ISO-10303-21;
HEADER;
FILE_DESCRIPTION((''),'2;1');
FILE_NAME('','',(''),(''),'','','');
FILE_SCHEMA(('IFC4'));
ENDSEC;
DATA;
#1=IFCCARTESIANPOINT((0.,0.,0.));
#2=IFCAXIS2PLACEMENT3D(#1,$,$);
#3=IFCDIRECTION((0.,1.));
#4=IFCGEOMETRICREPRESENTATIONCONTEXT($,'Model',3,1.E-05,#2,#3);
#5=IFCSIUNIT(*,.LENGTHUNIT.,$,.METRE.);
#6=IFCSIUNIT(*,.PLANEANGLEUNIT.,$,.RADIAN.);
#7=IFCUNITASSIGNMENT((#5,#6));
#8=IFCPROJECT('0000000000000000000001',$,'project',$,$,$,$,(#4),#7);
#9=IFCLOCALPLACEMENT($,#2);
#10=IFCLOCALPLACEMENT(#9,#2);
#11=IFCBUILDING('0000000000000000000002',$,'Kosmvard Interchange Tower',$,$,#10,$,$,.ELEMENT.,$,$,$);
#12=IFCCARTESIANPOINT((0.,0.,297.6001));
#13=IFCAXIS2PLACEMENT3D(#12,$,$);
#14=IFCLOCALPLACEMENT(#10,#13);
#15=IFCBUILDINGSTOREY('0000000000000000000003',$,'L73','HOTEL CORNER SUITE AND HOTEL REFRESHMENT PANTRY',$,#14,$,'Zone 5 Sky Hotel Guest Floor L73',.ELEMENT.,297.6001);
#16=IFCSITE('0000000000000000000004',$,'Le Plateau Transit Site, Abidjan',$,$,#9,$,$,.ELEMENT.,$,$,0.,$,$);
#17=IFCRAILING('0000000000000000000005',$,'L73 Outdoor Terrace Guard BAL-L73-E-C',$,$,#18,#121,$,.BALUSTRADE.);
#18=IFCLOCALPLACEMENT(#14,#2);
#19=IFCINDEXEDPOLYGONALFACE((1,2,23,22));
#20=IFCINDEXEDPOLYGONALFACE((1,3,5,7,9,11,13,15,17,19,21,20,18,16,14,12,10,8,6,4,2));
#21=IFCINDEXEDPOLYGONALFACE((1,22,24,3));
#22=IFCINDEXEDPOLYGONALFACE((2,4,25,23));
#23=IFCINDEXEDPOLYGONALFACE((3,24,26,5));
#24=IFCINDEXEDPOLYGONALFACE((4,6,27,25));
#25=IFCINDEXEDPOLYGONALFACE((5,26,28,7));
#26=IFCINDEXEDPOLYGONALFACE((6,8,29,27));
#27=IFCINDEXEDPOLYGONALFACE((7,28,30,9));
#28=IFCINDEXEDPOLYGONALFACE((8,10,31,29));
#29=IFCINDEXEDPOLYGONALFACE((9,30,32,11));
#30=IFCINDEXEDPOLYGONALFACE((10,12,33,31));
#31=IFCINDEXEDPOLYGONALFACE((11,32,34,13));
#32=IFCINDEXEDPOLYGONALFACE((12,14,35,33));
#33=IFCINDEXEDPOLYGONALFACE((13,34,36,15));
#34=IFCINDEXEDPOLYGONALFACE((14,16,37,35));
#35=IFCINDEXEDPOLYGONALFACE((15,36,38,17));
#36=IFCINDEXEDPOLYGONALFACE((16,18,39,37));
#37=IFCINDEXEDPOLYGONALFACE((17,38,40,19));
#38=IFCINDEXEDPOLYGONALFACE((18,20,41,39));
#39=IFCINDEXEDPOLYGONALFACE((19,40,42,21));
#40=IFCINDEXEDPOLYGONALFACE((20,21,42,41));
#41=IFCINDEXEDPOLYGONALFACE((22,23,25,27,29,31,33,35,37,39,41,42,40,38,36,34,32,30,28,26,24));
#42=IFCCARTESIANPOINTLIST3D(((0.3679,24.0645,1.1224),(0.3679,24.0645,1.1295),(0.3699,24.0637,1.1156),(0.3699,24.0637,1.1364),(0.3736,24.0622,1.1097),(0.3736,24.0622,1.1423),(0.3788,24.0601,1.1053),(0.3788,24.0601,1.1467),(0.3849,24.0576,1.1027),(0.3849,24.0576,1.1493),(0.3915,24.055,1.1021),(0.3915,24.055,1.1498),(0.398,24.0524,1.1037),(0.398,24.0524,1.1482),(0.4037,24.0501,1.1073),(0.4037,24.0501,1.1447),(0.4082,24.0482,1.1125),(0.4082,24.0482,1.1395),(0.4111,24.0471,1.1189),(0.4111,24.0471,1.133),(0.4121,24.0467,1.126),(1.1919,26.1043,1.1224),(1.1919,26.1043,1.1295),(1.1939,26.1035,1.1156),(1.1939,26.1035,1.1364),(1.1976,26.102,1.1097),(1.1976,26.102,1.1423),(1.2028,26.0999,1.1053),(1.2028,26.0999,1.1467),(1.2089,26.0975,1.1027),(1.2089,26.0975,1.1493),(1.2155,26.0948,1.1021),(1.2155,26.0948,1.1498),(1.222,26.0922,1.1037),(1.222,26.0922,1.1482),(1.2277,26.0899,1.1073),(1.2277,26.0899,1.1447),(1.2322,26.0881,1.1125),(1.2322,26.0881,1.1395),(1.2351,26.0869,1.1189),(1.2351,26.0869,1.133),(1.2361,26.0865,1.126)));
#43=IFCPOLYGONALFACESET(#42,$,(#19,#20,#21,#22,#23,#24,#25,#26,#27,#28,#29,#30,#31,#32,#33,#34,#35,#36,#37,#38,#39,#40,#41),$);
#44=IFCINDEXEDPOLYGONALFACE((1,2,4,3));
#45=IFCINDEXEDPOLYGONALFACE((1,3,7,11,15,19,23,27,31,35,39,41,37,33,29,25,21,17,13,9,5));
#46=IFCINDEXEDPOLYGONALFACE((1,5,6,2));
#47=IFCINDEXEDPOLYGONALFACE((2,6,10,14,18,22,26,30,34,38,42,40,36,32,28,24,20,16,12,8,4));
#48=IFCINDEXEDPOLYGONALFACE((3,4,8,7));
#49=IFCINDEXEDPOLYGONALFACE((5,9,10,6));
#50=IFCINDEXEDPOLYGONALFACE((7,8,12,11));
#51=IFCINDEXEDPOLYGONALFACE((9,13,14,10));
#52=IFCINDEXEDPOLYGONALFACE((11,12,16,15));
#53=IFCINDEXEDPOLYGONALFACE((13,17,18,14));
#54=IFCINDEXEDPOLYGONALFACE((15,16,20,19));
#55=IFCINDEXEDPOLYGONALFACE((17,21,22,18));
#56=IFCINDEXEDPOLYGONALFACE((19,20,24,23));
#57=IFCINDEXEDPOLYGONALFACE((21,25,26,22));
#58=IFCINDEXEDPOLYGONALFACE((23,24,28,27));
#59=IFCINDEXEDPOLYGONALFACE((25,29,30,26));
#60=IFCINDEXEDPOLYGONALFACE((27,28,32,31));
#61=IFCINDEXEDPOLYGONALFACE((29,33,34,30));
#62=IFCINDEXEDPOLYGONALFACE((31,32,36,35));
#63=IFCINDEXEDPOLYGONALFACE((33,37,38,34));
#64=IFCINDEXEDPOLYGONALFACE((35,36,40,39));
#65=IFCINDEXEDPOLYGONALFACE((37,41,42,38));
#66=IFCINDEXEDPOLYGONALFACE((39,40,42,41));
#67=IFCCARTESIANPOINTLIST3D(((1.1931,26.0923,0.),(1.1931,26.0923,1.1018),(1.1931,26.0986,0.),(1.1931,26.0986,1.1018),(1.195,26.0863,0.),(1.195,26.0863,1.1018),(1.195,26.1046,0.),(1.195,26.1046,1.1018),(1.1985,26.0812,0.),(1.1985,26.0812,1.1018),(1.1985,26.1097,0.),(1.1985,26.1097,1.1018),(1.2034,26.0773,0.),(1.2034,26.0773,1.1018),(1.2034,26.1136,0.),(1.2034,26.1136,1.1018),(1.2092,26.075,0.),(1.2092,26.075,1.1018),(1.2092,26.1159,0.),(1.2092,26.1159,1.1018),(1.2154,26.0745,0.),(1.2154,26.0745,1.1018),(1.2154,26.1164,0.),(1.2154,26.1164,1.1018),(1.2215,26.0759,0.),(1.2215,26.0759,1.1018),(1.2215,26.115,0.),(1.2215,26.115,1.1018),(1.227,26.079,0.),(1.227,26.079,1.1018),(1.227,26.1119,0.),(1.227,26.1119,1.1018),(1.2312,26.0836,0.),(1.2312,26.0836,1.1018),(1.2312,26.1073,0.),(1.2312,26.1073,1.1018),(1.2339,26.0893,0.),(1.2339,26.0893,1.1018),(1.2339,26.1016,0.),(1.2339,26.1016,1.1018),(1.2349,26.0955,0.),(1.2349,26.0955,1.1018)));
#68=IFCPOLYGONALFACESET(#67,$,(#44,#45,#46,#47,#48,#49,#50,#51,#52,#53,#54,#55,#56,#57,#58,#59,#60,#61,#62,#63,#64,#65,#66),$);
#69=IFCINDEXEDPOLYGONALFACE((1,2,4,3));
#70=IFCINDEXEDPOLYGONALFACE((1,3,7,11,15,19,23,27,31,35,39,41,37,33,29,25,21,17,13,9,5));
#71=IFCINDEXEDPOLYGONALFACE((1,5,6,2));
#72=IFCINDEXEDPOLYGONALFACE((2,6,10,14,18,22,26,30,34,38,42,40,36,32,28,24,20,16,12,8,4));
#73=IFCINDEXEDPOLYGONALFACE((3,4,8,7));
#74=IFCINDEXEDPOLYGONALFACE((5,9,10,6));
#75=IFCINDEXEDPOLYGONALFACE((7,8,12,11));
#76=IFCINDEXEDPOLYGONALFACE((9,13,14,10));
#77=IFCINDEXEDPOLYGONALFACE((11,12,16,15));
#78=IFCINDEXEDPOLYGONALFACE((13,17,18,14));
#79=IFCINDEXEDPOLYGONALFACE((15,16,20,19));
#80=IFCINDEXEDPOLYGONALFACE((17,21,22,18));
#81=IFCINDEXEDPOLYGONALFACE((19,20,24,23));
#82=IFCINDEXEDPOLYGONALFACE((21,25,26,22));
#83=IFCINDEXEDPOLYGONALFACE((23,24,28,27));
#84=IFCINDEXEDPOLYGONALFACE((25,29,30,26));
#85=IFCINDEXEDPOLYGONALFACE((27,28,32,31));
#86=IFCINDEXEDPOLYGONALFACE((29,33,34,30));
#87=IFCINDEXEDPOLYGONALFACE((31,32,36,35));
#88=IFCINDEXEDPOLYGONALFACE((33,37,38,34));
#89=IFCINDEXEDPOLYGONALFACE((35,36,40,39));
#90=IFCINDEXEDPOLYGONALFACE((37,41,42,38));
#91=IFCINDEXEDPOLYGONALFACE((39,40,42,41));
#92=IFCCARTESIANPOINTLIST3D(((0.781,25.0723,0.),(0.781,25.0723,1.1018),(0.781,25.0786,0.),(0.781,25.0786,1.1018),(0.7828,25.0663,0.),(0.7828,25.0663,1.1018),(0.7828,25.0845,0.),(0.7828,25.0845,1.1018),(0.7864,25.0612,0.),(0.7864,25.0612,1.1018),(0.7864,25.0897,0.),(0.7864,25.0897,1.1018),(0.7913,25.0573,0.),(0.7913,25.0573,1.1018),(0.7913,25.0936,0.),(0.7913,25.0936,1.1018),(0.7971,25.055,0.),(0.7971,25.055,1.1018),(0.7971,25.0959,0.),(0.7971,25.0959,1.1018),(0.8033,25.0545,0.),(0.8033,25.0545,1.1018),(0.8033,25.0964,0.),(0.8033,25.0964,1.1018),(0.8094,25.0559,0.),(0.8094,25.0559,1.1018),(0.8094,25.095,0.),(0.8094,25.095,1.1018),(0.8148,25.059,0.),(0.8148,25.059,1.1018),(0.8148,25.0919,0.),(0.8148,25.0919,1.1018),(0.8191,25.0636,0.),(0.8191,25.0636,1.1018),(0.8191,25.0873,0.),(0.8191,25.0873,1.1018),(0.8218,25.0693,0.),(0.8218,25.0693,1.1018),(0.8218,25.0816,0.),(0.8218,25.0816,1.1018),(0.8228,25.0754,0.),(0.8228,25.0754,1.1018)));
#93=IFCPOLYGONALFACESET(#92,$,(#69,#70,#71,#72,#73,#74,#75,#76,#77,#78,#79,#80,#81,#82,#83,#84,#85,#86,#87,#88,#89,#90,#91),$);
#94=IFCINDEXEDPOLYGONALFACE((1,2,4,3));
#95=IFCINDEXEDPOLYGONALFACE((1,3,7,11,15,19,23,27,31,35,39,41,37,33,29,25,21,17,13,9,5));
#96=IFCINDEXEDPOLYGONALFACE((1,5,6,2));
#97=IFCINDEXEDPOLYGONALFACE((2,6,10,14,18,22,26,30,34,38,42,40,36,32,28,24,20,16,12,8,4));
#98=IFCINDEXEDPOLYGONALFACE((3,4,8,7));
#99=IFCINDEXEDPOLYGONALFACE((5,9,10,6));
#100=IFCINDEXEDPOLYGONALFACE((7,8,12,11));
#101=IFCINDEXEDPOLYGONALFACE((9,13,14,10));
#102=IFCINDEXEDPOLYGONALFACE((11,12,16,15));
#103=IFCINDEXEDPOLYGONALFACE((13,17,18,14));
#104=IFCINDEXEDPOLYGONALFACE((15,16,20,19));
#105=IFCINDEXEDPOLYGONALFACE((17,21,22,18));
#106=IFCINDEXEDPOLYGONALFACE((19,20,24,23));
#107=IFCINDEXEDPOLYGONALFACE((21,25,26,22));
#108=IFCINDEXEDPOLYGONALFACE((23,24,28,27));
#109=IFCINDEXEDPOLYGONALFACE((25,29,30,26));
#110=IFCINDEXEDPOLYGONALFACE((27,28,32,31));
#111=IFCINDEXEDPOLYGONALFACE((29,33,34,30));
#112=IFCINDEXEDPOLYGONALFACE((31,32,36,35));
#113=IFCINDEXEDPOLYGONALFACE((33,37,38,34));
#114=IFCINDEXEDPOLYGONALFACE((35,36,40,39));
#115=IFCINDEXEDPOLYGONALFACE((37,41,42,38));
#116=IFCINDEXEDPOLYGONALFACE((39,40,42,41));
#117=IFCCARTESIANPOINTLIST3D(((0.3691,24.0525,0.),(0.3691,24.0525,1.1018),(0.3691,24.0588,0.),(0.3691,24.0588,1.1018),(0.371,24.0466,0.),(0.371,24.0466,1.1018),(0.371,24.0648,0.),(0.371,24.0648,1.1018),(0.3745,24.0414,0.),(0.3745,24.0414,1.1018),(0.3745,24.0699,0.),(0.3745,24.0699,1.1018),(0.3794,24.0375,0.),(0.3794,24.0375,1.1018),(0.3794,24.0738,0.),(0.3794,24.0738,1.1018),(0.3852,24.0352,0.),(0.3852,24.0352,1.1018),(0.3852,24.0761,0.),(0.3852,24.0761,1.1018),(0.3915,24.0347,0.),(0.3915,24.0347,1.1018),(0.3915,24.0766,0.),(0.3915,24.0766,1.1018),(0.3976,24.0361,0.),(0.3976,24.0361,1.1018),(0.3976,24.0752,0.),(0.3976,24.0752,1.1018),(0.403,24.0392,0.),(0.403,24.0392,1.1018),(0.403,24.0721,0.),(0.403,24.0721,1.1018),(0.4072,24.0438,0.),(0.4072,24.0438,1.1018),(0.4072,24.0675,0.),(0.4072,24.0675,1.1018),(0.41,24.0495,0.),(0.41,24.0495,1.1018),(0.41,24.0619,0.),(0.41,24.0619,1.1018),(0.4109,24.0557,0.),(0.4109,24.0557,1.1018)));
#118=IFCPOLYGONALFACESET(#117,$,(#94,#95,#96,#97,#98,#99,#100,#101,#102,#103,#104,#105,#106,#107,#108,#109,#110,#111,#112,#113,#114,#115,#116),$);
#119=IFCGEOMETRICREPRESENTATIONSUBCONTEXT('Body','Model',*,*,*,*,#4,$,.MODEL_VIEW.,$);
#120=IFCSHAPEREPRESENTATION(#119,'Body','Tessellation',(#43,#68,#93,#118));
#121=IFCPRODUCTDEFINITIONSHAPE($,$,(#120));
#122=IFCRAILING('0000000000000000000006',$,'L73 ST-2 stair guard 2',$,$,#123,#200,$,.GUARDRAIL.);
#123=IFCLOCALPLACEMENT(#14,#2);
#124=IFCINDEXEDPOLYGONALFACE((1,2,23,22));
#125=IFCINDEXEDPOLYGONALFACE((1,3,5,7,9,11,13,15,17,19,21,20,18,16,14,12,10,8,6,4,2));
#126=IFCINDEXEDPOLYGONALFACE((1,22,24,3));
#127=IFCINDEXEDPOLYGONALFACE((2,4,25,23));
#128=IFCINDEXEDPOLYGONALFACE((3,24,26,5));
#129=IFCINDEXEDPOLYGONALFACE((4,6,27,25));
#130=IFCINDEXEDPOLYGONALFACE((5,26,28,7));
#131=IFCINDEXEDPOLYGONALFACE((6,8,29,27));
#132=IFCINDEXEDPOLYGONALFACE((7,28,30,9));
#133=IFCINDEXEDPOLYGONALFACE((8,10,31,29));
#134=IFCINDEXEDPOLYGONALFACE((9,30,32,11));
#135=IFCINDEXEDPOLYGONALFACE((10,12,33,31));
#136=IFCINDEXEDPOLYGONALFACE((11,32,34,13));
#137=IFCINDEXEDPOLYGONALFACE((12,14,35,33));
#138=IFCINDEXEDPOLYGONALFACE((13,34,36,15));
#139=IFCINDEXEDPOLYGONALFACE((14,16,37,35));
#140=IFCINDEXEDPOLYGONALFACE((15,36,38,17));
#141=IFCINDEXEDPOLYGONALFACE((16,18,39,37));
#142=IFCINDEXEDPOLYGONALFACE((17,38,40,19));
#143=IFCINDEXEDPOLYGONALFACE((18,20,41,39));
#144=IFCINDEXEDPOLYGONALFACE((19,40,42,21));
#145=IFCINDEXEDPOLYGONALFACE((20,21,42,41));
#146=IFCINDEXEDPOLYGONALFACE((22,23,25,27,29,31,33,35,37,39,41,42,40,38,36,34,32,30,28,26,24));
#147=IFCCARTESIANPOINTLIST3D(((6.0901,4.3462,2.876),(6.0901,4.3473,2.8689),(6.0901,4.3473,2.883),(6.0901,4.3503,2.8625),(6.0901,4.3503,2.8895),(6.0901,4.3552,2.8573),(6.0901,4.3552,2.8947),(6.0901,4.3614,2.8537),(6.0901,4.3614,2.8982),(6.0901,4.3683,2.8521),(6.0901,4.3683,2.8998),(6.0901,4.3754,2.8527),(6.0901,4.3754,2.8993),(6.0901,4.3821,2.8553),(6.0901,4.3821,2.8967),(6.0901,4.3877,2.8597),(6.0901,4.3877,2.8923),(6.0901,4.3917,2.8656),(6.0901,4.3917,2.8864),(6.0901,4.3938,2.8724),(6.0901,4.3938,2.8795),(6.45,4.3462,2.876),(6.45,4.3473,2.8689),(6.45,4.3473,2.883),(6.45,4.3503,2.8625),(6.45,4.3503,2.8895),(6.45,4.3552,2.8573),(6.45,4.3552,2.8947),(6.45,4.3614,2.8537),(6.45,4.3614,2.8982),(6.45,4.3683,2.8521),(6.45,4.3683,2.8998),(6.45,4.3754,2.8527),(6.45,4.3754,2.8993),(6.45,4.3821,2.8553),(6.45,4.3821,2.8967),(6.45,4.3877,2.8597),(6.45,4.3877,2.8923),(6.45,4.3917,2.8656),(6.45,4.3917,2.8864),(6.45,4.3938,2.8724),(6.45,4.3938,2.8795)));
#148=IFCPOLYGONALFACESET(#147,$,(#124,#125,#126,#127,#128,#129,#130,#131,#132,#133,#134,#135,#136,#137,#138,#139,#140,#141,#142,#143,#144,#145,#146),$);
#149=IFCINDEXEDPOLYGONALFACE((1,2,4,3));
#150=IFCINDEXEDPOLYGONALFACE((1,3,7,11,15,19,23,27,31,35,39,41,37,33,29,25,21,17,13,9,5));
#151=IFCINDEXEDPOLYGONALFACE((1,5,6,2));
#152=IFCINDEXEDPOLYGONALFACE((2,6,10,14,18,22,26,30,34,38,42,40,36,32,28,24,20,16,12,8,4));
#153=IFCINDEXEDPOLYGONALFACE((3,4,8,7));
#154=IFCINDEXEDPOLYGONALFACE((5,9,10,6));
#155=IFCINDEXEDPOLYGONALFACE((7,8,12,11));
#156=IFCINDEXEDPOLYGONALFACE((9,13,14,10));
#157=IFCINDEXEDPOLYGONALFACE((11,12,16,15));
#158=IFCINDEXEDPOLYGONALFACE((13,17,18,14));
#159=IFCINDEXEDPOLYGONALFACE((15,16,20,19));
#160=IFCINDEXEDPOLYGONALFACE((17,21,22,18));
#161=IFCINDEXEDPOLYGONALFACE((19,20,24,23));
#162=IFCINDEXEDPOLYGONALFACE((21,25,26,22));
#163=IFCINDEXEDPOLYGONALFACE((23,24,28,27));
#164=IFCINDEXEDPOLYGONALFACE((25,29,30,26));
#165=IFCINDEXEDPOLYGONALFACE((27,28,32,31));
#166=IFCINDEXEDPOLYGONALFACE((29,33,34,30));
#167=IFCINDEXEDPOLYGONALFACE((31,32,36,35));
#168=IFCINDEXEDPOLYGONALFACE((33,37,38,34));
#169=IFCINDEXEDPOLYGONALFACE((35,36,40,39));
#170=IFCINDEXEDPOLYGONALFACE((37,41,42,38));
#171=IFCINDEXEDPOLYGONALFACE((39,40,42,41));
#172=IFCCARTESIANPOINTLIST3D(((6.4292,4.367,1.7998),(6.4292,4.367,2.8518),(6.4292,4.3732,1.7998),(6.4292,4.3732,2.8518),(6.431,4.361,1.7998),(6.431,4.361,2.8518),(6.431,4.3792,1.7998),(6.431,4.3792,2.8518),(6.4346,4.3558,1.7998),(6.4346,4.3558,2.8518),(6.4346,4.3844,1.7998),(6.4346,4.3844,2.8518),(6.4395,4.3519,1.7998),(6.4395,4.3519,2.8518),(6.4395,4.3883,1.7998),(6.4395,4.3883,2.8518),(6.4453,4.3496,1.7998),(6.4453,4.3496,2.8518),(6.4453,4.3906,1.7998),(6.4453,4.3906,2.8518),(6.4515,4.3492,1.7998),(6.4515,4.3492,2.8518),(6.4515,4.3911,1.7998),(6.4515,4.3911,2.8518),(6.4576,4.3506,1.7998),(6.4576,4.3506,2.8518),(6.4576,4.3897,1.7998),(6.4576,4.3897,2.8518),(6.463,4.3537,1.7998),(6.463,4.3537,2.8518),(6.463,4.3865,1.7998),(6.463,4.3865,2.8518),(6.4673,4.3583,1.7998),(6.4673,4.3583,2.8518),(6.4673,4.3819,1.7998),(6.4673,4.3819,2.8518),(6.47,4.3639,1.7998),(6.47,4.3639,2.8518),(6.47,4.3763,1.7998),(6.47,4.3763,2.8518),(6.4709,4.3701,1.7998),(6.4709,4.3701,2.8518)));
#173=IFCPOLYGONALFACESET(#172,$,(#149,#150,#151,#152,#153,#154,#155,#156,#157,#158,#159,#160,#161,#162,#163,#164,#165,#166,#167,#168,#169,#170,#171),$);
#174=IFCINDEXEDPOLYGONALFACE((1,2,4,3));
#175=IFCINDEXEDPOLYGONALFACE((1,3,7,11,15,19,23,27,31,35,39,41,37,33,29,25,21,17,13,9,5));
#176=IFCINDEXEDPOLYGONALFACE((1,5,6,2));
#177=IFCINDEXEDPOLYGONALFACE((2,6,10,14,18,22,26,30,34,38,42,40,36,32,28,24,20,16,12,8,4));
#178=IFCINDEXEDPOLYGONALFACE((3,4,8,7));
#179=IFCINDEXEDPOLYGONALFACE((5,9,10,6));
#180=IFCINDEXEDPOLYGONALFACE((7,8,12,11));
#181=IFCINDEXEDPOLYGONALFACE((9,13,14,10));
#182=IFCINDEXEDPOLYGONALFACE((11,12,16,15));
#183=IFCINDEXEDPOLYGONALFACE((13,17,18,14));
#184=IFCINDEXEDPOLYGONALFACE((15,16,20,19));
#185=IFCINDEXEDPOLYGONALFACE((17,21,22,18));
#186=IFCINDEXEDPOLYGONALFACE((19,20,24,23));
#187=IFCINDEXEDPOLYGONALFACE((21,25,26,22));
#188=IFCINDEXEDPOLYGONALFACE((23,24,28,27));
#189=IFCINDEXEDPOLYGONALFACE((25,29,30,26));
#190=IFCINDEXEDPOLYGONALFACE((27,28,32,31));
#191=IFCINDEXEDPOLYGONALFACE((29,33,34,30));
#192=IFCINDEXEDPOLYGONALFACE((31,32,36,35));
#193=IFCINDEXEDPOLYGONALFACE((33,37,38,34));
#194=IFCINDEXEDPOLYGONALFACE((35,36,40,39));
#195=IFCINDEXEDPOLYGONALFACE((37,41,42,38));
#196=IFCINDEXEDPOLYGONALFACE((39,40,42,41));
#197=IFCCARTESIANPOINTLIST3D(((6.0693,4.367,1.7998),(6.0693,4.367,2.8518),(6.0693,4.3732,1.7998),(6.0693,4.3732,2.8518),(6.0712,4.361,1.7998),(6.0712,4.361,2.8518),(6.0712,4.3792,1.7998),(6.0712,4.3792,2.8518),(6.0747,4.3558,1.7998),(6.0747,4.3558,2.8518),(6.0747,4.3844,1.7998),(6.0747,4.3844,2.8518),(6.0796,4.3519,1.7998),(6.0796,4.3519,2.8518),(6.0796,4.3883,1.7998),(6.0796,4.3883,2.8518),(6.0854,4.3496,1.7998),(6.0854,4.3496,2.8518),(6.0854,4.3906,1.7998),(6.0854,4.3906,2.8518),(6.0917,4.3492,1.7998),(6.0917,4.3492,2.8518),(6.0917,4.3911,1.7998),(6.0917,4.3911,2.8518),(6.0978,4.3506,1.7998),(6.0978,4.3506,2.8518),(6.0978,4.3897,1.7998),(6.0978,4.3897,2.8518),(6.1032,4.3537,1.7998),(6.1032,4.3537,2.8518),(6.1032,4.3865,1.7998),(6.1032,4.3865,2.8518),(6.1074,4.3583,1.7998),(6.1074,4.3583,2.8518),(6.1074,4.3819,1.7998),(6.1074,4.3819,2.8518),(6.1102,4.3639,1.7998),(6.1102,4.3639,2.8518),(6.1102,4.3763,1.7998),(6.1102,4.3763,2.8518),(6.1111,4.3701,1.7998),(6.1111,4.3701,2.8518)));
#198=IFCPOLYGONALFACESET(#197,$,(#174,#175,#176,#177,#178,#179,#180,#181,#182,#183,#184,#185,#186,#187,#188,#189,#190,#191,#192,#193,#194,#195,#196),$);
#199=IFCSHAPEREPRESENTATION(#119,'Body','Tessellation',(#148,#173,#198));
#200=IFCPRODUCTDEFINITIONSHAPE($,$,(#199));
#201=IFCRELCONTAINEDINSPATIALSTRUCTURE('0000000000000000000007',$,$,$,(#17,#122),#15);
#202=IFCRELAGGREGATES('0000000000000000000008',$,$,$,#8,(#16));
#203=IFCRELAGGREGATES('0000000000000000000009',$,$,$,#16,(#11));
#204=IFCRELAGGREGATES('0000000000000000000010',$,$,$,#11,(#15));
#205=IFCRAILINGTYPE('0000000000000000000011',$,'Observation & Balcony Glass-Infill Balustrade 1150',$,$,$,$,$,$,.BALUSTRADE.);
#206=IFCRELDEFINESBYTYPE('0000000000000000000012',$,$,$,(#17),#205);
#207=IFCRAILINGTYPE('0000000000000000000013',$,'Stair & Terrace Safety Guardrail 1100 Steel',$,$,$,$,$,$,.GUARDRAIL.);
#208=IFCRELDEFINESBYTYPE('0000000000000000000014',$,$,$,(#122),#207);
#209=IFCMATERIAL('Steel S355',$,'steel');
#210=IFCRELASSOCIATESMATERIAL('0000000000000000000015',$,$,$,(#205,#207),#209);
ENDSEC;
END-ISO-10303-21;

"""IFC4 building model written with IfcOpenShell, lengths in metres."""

from ifc_helpers import new_model, si_unit, direction, frame, origin, origin_2d, place, context, subcontext, project, spatial, circle, extrude, source, transform, mapped, material, type_object, element, save


model = new_model("IFC4")

# Units and contexts
model_context = context("Model", 3, precision=1e-05, world=origin(), true_north=direction((0.0, 1.0)))
body_context = subcontext(model_context, "Body", "Model", "MODEL_VIEW")
ifc_project = project(units=[si_unit("LENGTHUNIT", "METRE"), si_unit("PLANEANGLEUNIT", "RADIAN")], contexts=[model_context])

# Site, building, storey
site_placement = place(None, origin())
site = spatial("IfcSite", under=ifc_project, at=site_placement, Name="Le Plateau Transit Site, Abidjan", CompositionType="ELEMENT", RefElevation=0.0)
building_placement = place(site_placement, origin())
building = spatial("IfcBuilding", under=site, at=building_placement, Name="Kosmvard Interchange Tower", CompositionType="ELEMENT")
storey_placement = place(building_placement, frame((0.0, 0.0, 297.6001)))
storey = spatial("IfcBuildingStorey", under=building, at=storey_placement, Name="L73", Description="HOTEL CORNER SUITE AND HOTEL REFRESHMENT PANTRY", LongName="Zone 5 Sky Hotel Guest Floor L73", CompositionType="ELEMENT", Elevation=297.6001)

# Shared definitions
ifc_material_1 = material(Name="Steel S355", Category="steel")

# Railings
railing_type_1 = type_object("IfcRailingType", Name="Observation & Balcony Glass-Infill Balustrade 1150", PredefinedType="BALUSTRADE", material=ifc_material_1)
shared_shape_1 = source(origin(), body_context, "Body", "SweptSolid", [
    extrude(circle(Radius=0.0239, at=origin_2d()), frame((0.0, 0.0, 1.126), z_axis=(-0.374546, -0.927208, 0.0), x_axis=(0.927208, -0.374546, 0.0)), (0.0, 0.0, 1.0), 2.2),
    extrude(circle(Radius=0.021, at=origin_2d()), origin(), (0.0, 0.0, 1.0), 1.1018),
    extrude(circle(Radius=0.021, at=origin_2d()), frame((-0.4121, -1.02, 0.0)), (0.0, 0.0, 1.0), 1.1018),
    extrude(circle(Radius=0.021, at=origin_2d()), frame((-0.824, -2.0398, 0.0)), (0.0, 0.0, 1.0), 1.1018),
])
railing_1_placement = place(storey_placement, frame((1.2139, 26.0955, 0.0)))
element("IfcRailing", 1, at=railing_1_placement, inside=storey, type_object=railing_type_1, Name="L73 Outdoor Terrace Guard BAL-L73-E-C", PredefinedType="BALUSTRADE", context=body_context, shape_type="MappedRepresentation", body=[
    mapped(shared_shape_1, transform((0.0, 0.0, 0.0), scale=1.0)),
])
railing_type_2 = type_object("IfcRailingType", Name="Stair & Terrace Safety Guardrail 1100 Steel", PredefinedType="GUARDRAIL", material=ifc_material_1)
shared_shape_2 = source(origin(), body_context, "Body", "SweptSolid", [
    extrude(circle(Radius=0.0239, at=origin_2d()), frame((0.0, 0.0, 1.0762), z_axis=(-1.0, 0.0, 0.0), x_axis=(0.0, -1.0, 0.0)), (0.0, 0.0, 1.0), 0.3599),
    extrude(circle(Radius=0.021, at=origin_2d()), origin(), (0.0, 0.0, 1.0), 1.052),
    extrude(circle(Radius=0.021, at=origin_2d()), frame((-0.3599, 0.0, 0.0)), (0.0, 0.0, 1.0), 1.052),
])
railing_2_placement = place(storey_placement, frame((6.45, 4.3701, 1.7998)))
element("IfcRailing", 2, at=railing_2_placement, inside=storey, type_object=railing_type_2, Name="L73 ST-2 stair guard 2", PredefinedType="GUARDRAIL", context=body_context, shape_type="MappedRepresentation", body=[
    mapped(shared_shape_2, transform((0.0, 0.0, 0.0), scale=1.0)),
])

save(model, "model.ifc")
